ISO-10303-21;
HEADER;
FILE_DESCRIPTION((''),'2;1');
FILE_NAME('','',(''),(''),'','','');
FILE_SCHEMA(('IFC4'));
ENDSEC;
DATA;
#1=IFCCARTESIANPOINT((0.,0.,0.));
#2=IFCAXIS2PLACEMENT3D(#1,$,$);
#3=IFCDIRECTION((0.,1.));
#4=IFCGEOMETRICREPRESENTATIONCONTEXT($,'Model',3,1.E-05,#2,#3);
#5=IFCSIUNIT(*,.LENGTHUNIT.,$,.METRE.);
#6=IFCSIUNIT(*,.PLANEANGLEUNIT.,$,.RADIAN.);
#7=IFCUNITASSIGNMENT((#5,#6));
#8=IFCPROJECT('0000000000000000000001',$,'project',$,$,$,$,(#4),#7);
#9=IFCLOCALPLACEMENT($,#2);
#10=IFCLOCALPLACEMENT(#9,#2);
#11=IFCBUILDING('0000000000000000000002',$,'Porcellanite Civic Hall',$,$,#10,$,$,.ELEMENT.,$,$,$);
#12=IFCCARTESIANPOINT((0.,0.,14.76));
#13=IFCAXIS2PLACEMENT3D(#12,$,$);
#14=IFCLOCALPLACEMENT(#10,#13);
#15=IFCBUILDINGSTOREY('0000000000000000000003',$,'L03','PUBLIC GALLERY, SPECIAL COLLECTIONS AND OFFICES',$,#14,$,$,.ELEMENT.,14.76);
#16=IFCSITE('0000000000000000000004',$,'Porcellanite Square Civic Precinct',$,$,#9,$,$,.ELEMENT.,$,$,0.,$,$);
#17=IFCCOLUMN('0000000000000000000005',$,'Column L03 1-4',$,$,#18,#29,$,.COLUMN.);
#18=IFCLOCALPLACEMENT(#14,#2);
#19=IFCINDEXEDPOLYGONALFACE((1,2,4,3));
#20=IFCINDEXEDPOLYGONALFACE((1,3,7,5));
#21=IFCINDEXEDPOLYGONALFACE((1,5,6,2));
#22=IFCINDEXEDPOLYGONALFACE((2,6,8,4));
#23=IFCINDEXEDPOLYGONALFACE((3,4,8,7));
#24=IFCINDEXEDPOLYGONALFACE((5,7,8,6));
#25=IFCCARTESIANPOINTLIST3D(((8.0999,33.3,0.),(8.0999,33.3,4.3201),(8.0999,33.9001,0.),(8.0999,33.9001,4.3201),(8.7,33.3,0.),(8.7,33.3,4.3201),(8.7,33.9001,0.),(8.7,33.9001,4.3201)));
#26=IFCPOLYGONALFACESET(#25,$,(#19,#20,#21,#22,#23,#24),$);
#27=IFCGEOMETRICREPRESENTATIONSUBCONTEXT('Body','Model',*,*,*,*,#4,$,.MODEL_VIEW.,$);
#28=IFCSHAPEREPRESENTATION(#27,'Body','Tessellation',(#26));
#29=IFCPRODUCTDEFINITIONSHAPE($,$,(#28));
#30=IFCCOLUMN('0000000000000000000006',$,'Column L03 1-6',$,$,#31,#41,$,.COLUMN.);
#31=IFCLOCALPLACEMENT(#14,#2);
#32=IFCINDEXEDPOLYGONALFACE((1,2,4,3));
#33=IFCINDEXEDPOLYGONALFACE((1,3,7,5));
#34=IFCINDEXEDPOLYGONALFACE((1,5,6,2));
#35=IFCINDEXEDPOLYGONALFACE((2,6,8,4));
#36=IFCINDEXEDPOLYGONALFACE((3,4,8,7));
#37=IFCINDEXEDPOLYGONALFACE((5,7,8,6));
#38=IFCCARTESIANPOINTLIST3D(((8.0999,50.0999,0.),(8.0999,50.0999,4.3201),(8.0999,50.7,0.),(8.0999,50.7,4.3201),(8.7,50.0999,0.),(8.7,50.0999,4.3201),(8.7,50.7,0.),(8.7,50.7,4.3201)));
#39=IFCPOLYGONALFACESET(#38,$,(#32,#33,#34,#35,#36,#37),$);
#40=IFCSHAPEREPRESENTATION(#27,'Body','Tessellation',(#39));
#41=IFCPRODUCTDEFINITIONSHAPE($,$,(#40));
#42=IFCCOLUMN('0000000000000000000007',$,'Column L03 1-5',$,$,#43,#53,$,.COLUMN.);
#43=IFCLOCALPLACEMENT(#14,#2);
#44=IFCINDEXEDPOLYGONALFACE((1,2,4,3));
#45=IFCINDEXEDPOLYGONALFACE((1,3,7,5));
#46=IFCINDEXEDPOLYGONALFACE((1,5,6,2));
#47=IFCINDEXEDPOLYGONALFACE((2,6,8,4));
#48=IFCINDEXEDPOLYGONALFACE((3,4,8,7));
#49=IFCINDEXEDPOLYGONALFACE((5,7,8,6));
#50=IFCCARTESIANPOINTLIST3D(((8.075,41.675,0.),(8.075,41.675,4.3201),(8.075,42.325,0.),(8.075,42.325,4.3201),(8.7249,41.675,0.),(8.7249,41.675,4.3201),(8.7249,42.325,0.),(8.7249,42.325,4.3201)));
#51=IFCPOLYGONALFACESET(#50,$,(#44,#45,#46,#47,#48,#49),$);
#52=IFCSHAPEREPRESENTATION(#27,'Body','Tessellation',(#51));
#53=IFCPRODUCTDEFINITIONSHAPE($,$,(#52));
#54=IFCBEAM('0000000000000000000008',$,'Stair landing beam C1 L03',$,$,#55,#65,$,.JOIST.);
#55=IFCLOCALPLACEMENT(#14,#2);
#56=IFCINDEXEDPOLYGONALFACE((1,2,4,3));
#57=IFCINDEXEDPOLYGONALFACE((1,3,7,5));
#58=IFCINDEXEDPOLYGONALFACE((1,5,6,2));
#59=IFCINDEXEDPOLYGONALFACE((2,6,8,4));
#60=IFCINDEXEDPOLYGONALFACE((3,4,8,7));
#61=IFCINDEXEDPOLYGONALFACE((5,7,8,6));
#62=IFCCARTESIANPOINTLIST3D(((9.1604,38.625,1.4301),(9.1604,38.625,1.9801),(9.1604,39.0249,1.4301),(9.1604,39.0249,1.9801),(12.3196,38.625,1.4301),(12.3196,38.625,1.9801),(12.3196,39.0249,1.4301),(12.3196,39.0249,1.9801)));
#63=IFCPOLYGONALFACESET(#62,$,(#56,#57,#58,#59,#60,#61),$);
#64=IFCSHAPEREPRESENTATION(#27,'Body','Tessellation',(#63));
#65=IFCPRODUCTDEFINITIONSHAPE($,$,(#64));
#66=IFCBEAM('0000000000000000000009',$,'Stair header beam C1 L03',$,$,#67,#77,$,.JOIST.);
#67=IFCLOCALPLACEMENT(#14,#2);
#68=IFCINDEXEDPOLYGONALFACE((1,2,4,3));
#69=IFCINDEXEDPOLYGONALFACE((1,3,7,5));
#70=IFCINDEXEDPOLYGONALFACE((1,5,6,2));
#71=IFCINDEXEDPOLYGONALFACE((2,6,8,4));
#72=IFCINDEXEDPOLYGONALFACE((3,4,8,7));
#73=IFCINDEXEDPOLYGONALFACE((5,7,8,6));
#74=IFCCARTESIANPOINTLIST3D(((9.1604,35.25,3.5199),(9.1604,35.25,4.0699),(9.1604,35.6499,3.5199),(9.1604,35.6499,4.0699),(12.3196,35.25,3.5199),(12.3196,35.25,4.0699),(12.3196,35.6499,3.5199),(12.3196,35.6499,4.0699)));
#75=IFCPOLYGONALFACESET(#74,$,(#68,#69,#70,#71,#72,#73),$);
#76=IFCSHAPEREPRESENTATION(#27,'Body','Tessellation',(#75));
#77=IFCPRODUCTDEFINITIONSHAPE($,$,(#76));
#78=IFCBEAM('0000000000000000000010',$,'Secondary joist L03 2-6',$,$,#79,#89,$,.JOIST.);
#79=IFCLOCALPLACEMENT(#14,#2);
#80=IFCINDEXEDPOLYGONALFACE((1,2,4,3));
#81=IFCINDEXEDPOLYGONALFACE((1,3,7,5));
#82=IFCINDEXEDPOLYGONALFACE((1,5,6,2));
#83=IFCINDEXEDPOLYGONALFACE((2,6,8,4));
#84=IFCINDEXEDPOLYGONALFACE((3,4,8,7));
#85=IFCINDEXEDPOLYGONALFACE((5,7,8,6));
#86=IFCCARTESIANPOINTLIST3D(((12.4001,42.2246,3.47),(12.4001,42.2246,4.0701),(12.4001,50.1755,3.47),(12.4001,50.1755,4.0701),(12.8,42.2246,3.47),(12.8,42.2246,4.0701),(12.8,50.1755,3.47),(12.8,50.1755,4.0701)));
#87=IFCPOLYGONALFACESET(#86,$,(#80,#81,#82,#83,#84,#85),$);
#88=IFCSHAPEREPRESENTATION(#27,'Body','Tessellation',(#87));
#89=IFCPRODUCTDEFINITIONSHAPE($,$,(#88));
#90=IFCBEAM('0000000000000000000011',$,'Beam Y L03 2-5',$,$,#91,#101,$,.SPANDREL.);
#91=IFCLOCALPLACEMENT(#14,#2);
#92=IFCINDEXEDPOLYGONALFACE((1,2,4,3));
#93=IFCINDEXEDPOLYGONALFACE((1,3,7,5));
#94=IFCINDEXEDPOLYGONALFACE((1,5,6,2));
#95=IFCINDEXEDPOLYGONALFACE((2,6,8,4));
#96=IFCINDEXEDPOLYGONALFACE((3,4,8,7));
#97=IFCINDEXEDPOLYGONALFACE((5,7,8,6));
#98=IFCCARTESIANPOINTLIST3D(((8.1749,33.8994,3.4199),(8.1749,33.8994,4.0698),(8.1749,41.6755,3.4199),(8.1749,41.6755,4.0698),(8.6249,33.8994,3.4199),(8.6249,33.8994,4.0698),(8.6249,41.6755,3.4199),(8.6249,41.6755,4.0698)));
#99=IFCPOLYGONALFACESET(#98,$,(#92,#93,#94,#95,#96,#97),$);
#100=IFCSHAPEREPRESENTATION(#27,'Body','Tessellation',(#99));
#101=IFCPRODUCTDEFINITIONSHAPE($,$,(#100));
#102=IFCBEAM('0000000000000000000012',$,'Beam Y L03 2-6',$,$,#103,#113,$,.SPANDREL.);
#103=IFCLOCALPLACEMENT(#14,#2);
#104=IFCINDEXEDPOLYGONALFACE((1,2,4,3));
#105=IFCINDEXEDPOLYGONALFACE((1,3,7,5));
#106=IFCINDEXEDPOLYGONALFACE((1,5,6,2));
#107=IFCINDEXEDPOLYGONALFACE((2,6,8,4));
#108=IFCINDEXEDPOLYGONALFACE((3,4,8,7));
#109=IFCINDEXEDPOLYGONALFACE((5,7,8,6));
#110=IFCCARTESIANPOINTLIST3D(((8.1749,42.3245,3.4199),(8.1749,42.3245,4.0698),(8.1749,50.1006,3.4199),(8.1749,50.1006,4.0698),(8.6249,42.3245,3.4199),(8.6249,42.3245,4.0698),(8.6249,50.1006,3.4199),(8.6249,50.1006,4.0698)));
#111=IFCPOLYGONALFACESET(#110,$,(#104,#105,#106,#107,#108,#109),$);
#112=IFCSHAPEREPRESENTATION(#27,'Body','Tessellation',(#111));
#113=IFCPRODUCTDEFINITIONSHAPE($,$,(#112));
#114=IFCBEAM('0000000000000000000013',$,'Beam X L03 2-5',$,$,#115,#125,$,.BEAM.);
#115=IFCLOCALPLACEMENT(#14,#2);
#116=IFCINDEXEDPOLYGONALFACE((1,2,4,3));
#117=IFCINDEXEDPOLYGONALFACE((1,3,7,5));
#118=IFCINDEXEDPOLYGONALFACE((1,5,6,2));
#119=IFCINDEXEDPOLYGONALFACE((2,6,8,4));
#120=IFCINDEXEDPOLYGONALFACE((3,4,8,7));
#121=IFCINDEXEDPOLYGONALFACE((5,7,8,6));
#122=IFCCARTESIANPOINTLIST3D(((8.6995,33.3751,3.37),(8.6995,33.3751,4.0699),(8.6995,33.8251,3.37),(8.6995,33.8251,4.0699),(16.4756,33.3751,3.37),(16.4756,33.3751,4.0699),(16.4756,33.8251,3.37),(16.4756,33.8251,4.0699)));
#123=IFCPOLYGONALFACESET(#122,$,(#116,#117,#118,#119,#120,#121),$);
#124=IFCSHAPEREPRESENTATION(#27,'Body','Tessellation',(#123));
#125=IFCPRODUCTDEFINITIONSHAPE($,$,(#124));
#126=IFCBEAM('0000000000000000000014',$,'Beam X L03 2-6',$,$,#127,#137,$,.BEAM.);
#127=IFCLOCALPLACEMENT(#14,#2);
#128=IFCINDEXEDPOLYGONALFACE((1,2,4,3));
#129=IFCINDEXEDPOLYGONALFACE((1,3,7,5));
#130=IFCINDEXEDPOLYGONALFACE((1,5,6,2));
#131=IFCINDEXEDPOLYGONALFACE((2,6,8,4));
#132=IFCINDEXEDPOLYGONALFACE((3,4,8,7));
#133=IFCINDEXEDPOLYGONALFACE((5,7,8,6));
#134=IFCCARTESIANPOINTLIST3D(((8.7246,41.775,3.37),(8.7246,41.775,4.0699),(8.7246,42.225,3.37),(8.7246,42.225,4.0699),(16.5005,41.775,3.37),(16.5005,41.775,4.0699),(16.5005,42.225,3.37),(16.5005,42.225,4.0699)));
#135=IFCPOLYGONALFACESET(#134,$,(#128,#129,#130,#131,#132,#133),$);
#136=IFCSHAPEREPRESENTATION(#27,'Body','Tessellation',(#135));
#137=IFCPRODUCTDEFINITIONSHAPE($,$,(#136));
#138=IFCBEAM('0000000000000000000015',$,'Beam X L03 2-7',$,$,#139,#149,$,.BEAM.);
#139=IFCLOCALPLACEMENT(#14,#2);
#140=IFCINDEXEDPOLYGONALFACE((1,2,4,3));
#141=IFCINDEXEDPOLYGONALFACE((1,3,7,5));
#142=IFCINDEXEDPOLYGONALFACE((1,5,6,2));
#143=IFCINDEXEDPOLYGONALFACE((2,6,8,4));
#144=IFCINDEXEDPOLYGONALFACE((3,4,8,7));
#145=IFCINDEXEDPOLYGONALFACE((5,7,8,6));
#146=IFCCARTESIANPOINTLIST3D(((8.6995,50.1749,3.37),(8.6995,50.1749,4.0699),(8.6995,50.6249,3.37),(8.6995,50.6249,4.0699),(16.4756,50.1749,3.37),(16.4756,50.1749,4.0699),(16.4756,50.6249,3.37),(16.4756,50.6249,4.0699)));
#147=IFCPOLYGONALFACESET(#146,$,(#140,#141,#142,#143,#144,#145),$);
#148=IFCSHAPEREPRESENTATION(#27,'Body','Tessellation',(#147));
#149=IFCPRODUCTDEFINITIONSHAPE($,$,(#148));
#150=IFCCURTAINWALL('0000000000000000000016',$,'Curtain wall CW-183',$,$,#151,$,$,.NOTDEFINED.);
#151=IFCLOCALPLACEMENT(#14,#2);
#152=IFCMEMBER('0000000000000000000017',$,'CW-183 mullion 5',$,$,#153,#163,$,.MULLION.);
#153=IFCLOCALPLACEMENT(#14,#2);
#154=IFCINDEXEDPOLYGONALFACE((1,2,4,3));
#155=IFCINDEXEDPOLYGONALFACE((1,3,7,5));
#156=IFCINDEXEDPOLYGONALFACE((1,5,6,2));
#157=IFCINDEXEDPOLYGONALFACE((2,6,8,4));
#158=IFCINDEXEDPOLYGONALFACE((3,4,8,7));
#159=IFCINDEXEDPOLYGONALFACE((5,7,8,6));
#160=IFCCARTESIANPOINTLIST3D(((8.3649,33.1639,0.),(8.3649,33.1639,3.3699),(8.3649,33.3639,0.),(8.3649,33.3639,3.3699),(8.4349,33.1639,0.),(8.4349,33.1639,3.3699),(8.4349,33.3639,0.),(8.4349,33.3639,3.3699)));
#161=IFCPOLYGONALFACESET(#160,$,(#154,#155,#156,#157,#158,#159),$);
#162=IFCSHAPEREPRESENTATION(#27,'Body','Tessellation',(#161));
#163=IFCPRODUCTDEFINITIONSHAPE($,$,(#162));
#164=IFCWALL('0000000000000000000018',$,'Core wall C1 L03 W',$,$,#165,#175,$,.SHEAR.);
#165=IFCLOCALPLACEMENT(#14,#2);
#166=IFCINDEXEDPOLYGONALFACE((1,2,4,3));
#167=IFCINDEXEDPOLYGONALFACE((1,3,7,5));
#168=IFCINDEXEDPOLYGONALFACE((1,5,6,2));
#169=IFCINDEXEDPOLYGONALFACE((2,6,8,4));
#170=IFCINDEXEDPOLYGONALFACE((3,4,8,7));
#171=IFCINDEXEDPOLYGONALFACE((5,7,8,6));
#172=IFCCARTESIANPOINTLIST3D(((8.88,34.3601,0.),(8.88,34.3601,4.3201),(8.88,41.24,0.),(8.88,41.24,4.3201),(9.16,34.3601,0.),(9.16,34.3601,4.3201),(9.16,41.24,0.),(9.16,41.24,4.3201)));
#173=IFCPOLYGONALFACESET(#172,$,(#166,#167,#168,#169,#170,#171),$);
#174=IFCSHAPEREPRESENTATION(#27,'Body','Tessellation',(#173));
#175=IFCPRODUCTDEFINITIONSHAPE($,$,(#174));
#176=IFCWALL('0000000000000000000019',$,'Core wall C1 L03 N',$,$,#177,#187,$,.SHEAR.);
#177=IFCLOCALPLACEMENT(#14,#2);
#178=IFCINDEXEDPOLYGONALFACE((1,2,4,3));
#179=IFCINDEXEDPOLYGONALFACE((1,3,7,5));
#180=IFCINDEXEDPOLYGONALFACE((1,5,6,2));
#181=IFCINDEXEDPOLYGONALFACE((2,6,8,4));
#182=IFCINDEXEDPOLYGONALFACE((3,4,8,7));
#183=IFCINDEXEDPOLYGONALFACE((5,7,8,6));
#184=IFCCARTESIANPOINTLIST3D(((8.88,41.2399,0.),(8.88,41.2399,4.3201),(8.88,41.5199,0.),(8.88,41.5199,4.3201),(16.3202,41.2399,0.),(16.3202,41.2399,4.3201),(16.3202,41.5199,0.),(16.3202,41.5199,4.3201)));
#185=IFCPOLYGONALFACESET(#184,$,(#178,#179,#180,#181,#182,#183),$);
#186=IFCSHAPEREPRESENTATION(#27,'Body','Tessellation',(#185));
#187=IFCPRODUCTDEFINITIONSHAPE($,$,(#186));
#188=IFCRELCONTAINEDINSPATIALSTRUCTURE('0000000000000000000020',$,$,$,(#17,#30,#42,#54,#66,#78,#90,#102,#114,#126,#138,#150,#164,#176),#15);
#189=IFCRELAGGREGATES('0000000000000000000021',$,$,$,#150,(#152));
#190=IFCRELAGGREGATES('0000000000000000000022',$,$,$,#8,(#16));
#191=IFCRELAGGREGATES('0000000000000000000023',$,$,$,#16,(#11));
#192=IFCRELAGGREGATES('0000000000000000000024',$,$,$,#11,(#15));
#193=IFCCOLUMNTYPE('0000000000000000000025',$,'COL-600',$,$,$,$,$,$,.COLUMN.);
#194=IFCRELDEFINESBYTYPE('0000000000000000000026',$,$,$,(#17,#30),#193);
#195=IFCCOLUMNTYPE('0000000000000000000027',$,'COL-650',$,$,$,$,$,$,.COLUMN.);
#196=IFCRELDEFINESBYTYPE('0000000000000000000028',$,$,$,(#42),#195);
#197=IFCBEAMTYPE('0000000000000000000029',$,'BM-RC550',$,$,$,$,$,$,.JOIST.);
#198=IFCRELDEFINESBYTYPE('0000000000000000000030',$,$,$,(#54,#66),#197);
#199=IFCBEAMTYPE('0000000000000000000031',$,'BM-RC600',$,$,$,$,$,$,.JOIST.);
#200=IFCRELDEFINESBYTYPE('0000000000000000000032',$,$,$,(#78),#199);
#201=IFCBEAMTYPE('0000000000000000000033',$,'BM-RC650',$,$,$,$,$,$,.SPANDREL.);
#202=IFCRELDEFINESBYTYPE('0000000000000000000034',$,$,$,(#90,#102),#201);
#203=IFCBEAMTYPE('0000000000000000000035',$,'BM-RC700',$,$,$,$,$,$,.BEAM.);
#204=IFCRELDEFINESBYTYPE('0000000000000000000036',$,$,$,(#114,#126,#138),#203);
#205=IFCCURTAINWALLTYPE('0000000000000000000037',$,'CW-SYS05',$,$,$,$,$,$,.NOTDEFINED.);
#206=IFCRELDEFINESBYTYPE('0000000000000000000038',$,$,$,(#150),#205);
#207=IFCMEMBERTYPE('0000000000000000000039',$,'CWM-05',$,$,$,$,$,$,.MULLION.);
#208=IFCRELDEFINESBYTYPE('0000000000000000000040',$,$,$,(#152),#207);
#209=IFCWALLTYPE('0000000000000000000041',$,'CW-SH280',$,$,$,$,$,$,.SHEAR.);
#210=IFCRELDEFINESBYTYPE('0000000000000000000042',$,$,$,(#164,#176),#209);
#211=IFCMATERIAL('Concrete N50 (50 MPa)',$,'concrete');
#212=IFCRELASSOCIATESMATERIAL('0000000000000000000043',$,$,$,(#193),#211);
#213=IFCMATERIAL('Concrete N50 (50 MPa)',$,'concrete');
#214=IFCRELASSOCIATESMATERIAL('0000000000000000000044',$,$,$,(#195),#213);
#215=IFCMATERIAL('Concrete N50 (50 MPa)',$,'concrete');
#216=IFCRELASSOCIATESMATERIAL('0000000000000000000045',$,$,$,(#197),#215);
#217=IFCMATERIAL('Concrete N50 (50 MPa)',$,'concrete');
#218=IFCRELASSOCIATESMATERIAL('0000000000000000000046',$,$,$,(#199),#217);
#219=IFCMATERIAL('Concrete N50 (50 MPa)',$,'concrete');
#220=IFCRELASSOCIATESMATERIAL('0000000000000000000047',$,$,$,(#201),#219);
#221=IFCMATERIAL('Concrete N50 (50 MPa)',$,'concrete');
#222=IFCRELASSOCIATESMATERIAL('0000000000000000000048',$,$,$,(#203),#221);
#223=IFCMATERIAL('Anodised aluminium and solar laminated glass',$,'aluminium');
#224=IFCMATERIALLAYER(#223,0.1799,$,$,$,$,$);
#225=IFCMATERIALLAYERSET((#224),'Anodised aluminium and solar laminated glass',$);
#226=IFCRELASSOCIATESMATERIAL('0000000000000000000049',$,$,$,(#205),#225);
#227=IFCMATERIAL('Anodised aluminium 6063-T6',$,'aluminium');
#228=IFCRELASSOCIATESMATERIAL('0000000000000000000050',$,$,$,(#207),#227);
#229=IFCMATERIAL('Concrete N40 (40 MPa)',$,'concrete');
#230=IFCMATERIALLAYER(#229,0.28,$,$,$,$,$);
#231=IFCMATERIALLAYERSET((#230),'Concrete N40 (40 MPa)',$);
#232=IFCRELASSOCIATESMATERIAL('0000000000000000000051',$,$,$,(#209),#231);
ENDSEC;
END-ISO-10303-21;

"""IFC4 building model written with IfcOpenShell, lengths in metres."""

from ifc_helpers import new_model, si_unit, direction, frame, frame_2d, origin, origin_2d, place, context, subcontext, project, spatial, rectangle, extrude, material, layer, layer_set, material_profile, profile_set, type_object, element, aggregate, save


model = new_model("IFC4")

# Units and contexts
model_context = context("Model", 3, precision=1e-05, world=origin(), true_north=direction((0.0, 1.0)))
body_context = subcontext(model_context, "Body", "Model", "MODEL_VIEW")
ifc_project = project(units=[si_unit("LENGTHUNIT", "METRE"), si_unit("PLANEANGLEUNIT", "RADIAN")], contexts=[model_context])

# Site, building, storey
site_placement = place(None, origin())
site = spatial("IfcSite", under=ifc_project, at=site_placement, Name="Porcellanite Square Civic Precinct", CompositionType="ELEMENT", RefElevation=0.0)
building_placement = place(site_placement, origin())
building = spatial("IfcBuilding", under=site, at=building_placement, Name="Porcellanite Civic Hall", CompositionType="ELEMENT")
storey_placement = place(building_placement, frame((0.0, 0.0, 14.76)))
storey = spatial("IfcBuildingStorey", under=building, at=storey_placement, Name="L03", Description="PUBLIC GALLERY, SPECIAL COLLECTIONS AND OFFICES", CompositionType="ELEMENT", Elevation=14.76)

# Columns
ifc_material_1 = material(Name="Concrete N50 (50 MPa)", Category="concrete")
ifc_material_profile_1 = material_profile(ifc_material_1, rectangle(XDim=0.6001, YDim=0.6001, at=origin_2d()), Name="RC-600x600")
ifc_profile_set_1 = profile_set([ifc_material_profile_1], Name="Concrete N50 (50 MPa)")
column_type_1 = type_object("IfcColumnType", Name="COL-600", PredefinedType="COLUMN", material=ifc_profile_set_1)
for number, where, z_axis, x_axis, name in (
    (1, (8.3999, 33.6001, 0.0), (0.0, 0.0, 1.0), (1.0, 0.0, 0.0), "Column L03 1-4"),
    (2, (8.3999, 50.3999, 0.0), (0.0, 0.0, 1.0), (1.0, 0.0, 0.0), "Column L03 1-6"),
):
    element("IfcColumn", number, at=place(storey_placement, frame(where, z_axis=z_axis, x_axis=x_axis)), inside=storey, type_object=column_type_1, Name=name, PredefinedType="COLUMN", context=body_context, shape_type="SweptSolid", body=[
        extrude(rectangle(XDim=0.6001, YDim=0.6001, at=origin_2d()), origin(), (0.0, 0.0, 1.0), 4.3201),
    ])
ifc_material_2 = material(Name="Concrete N50 (50 MPa)", Category="concrete")
ifc_material_profile_2 = material_profile(ifc_material_2, rectangle(XDim=0.6499, YDim=0.6499, at=origin_2d()), Name="RC-650x650")
ifc_profile_set_2 = profile_set([ifc_material_profile_2], Name="Concrete N50 (50 MPa)")
column_type_2 = type_object("IfcColumnType", Name="COL-650", PredefinedType="COLUMN", material=ifc_profile_set_2)
column_placement = place(storey_placement, frame((8.3999, 42.0, 0.0), z_axis=(0.0, 0.0, 1.0), x_axis=(1.0, 0.0, 0.0)))
element("IfcColumn", 3, at=column_placement, inside=storey, type_object=column_type_2, Name="Column L03 1-5", PredefinedType="COLUMN", context=body_context, shape_type="SweptSolid", body=[
    extrude(rectangle(XDim=0.6499, YDim=0.6499, at=origin_2d()), origin(), (0.0, 0.0, 1.0), 4.3201),
])

# Beams
ifc_material_3 = material(Name="Concrete N50 (50 MPa)", Category="concrete")
ifc_material_profile_3 = material_profile(ifc_material_3, rectangle(XDim=0.3999, YDim=0.55, at=origin_2d()), Name="RC-400x550")
ifc_profile_set_3 = profile_set([ifc_material_profile_3], Name="Concrete N50 (50 MPa)")
beam_type_1 = type_object("IfcBeamType", Name="BM-RC550", PredefinedType="JOIST", material=ifc_profile_set_3)
for number, where, z_axis, x_axis, name in (
    (4, (9.1604, 38.825, 1.7051), (1.0, 0.0, 0.0), (0.0, 1.0, 0.0), "Stair landing beam C1 L03"),
    (5, (9.1604, 35.45, 3.7949), (1.0, 0.0, 0.0), (0.0, 1.0, 0.0), "Stair header beam C1 L03"),
):
    element("IfcBeam", number, at=place(storey_placement, frame(where, z_axis=z_axis, x_axis=x_axis)), inside=storey, type_object=beam_type_1, Name=name, PredefinedType="JOIST", context=body_context, shape_type="SweptSolid", body=[
        extrude(rectangle(XDim=0.3999, YDim=0.55, at=origin_2d()), origin(), (0.0, 0.0, 1.0), 3.1592),
    ])
ifc_material_4 = material(Name="Concrete N50 (50 MPa)", Category="concrete")
ifc_material_profile_4 = material_profile(ifc_material_4, rectangle(XDim=0.3999, YDim=0.6001, at=origin_2d()), Name="RC-400x600")
ifc_profile_set_4 = profile_set([ifc_material_profile_4], Name="Concrete N50 (50 MPa)")
beam_type_2 = type_object("IfcBeamType", Name="BM-RC600", PredefinedType="JOIST", material=ifc_profile_set_4)
beam_1_placement = place(storey_placement, frame((12.6001, 42.2246, 3.77), z_axis=(0.0, 1.0, 0.0), x_axis=(-1.0, 0.0, 0.0)))
element("IfcBeam", 6, at=beam_1_placement, inside=storey, type_object=beam_type_2, Name="Secondary joist L03 2-6", PredefinedType="JOIST", context=body_context, shape_type="SweptSolid", body=[
    extrude(rectangle(XDim=0.3999, YDim=0.6001, at=origin_2d()), origin(), (0.0, 0.0, 1.0), 7.9509),
])
ifc_material_5 = material(Name="Concrete N50 (50 MPa)", Category="concrete")
ifc_material_profile_5 = material_profile(ifc_material_5, rectangle(XDim=0.45, YDim=0.6499, at=origin_2d()), Name="RC-450x650")
ifc_profile_set_5 = profile_set([ifc_material_profile_5], Name="Concrete N50 (50 MPa)")
beam_type_3 = type_object("IfcBeamType", Name="BM-RC650", PredefinedType="SPANDREL", material=ifc_profile_set_5)
for number, where, z_axis, x_axis, name in (
    (7, (8.3999, 33.8994, 3.7449), (0.0, 1.0, 0.0), (-1.0, 0.0, 0.0), "Beam Y L03 2-5"),
    (8, (8.3999, 42.3245, 3.7449), (0.0, 1.0, 0.0), (-1.0, 0.0, 0.0), "Beam Y L03 2-6"),
):
    element("IfcBeam", number, at=place(storey_placement, frame(where, z_axis=z_axis, x_axis=x_axis)), inside=storey, type_object=beam_type_3, Name=name, PredefinedType="SPANDREL", context=body_context, shape_type="SweptSolid", body=[
        extrude(rectangle(XDim=0.45, YDim=0.6499, at=origin_2d()), origin(), (0.0, 0.0, 1.0), 7.7761),
    ])
ifc_material_6 = material(Name="Concrete N50 (50 MPa)", Category="concrete")
ifc_material_profile_6 = material_profile(ifc_material_6, rectangle(XDim=0.45, YDim=0.7, at=origin_2d()), Name="RC-450x700")
ifc_profile_set_6 = profile_set([ifc_material_profile_6], Name="Concrete N50 (50 MPa)")
beam_type_4 = type_object("IfcBeamType", Name="BM-RC700", PredefinedType="BEAM", material=ifc_profile_set_6)
beam_2_placement = place(storey_placement, frame((8.6995, 33.6001, 3.72), z_axis=(1.0, 0.0, 0.0), x_axis=(0.0, 1.0, 0.0)))
element("IfcBeam", 9, at=beam_2_placement, inside=storey, type_object=beam_type_4, Name="Beam X L03 2-5", PredefinedType="BEAM", context=body_context, shape_type="SweptSolid", body=[
    extrude(rectangle(XDim=0.45, YDim=0.7, at=origin_2d()), origin(), (0.0, 0.0, 1.0), 7.7761),
])
beam_3_placement = place(storey_placement, frame((8.7246, 42.0, 3.72), z_axis=(1.0, 0.0, 0.0), x_axis=(0.0, 1.0, 0.0)))
element("IfcBeam", 10, at=beam_3_placement, inside=storey, type_object=beam_type_4, Name="Beam X L03 2-6", PredefinedType="BEAM", context=body_context, shape_type="SweptSolid", body=[
    extrude(rectangle(XDim=0.45, YDim=0.7, at=origin_2d()), origin(), (0.0, 0.0, 1.0), 7.7759),
])
beam_4_placement = place(storey_placement, frame((8.6995, 50.3999, 3.72), z_axis=(1.0, 0.0, 0.0), x_axis=(0.0, 1.0, 0.0)))
element("IfcBeam", 11, at=beam_4_placement, inside=storey, type_object=beam_type_4, Name="Beam X L03 2-7", PredefinedType="BEAM", context=body_context, shape_type="SweptSolid", body=[
    extrude(rectangle(XDim=0.45, YDim=0.7, at=origin_2d()), origin(), (0.0, 0.0, 1.0), 7.7761),
])

# Curtain wall, member
ifc_material_7 = material(Name="Anodised aluminium and solar laminated glass", Category="aluminium")
ifc_layer_1 = layer(ifc_material_7, 0.1799)
ifc_layer_set_1 = layer_set([ifc_layer_1], Name="Anodised aluminium and solar laminated glass")
curtain_wall_type = type_object("IfcCurtainWallType", Name="CW-SYS05", PredefinedType="NOTDEFINED", material=ifc_layer_set_1)
curtain_wall_placement = place(storey_placement, origin())
curtain_wall = element("IfcCurtainWall", 12, at=curtain_wall_placement, inside=storey, type_object=curtain_wall_type, Name="Curtain wall CW-183", PredefinedType="NOTDEFINED")
ifc_material_8 = material(Name="Anodised aluminium 6063-T6", Category="aluminium")
ifc_material_profile_7 = material_profile(ifc_material_8, rectangle(XDim=0.0701, YDim=0.2, at=origin_2d()), Name="AL-70x200")
ifc_profile_set_7 = profile_set([ifc_material_profile_7], Name="Anodised aluminium 6063-T6")
member_type = type_object("IfcMemberType", Name="CWM-05", PredefinedType="MULLION", material=ifc_profile_set_7)
member_placement = place(storey_placement, frame((8.3999, 33.2639, 0.0), z_axis=(0.0, 0.0, 1.0), x_axis=(-1.0, 0.0, 0.0)))
member = element("IfcMember", 13, at=member_placement, type_object=member_type, Name="CW-183 mullion 5", PredefinedType="MULLION", context=body_context, shape_type="SweptSolid", body=[
    extrude(rectangle(XDim=0.0701, YDim=0.2, at=origin_2d()), origin(), (0.0, 0.0, 1.0), 3.3699),
])
aggregate(curtain_wall, [member])

# Walls
ifc_material_9 = material(Name="Concrete N40 (40 MPa)", Category="concrete")
ifc_layer_2 = layer(ifc_material_9, 0.28)
ifc_layer_set_2 = layer_set([ifc_layer_2], Name="Concrete N40 (40 MPa)")
wall_type_1 = type_object("IfcWallType", Name="CW-SH280", PredefinedType="SHEAR", material=ifc_layer_set_2)
wall_1_placement = place(storey_placement, frame((9.02, 34.3601, 0.0), z_axis=(0.0, 0.0, 1.0), x_axis=(0.0, 1.0, 0.0)))
element("IfcWall", 14, at=wall_1_placement, inside=storey, type_object=wall_type_1, Name="Core wall C1 L03 W", PredefinedType="SHEAR", context=body_context, shape_type="SweptSolid", body=[
    extrude(rectangle(XDim=6.8799, YDim=0.28, at=frame_2d((3.4399, 0.0))), origin(), (0.0, 0.0, 1.0), 4.3201),
])
wall_2_placement = place(storey_placement, frame((8.8799, 41.3799, 0.0), z_axis=(0.0, 0.0, 1.0), x_axis=(1.0, 0.0, 0.0)))
element("IfcWall", 15, at=wall_2_placement, inside=storey, type_object=wall_type_1, Name="Core wall C1 L03 N", PredefinedType="SHEAR", context=body_context, shape_type="SweptSolid", body=[
    extrude(rectangle(XDim=7.4402, YDim=0.28, at=frame_2d((3.7202, 0.0))), origin(), (0.0, 0.0, 1.0), 4.3201),
])

save(model, "model.ifc")
